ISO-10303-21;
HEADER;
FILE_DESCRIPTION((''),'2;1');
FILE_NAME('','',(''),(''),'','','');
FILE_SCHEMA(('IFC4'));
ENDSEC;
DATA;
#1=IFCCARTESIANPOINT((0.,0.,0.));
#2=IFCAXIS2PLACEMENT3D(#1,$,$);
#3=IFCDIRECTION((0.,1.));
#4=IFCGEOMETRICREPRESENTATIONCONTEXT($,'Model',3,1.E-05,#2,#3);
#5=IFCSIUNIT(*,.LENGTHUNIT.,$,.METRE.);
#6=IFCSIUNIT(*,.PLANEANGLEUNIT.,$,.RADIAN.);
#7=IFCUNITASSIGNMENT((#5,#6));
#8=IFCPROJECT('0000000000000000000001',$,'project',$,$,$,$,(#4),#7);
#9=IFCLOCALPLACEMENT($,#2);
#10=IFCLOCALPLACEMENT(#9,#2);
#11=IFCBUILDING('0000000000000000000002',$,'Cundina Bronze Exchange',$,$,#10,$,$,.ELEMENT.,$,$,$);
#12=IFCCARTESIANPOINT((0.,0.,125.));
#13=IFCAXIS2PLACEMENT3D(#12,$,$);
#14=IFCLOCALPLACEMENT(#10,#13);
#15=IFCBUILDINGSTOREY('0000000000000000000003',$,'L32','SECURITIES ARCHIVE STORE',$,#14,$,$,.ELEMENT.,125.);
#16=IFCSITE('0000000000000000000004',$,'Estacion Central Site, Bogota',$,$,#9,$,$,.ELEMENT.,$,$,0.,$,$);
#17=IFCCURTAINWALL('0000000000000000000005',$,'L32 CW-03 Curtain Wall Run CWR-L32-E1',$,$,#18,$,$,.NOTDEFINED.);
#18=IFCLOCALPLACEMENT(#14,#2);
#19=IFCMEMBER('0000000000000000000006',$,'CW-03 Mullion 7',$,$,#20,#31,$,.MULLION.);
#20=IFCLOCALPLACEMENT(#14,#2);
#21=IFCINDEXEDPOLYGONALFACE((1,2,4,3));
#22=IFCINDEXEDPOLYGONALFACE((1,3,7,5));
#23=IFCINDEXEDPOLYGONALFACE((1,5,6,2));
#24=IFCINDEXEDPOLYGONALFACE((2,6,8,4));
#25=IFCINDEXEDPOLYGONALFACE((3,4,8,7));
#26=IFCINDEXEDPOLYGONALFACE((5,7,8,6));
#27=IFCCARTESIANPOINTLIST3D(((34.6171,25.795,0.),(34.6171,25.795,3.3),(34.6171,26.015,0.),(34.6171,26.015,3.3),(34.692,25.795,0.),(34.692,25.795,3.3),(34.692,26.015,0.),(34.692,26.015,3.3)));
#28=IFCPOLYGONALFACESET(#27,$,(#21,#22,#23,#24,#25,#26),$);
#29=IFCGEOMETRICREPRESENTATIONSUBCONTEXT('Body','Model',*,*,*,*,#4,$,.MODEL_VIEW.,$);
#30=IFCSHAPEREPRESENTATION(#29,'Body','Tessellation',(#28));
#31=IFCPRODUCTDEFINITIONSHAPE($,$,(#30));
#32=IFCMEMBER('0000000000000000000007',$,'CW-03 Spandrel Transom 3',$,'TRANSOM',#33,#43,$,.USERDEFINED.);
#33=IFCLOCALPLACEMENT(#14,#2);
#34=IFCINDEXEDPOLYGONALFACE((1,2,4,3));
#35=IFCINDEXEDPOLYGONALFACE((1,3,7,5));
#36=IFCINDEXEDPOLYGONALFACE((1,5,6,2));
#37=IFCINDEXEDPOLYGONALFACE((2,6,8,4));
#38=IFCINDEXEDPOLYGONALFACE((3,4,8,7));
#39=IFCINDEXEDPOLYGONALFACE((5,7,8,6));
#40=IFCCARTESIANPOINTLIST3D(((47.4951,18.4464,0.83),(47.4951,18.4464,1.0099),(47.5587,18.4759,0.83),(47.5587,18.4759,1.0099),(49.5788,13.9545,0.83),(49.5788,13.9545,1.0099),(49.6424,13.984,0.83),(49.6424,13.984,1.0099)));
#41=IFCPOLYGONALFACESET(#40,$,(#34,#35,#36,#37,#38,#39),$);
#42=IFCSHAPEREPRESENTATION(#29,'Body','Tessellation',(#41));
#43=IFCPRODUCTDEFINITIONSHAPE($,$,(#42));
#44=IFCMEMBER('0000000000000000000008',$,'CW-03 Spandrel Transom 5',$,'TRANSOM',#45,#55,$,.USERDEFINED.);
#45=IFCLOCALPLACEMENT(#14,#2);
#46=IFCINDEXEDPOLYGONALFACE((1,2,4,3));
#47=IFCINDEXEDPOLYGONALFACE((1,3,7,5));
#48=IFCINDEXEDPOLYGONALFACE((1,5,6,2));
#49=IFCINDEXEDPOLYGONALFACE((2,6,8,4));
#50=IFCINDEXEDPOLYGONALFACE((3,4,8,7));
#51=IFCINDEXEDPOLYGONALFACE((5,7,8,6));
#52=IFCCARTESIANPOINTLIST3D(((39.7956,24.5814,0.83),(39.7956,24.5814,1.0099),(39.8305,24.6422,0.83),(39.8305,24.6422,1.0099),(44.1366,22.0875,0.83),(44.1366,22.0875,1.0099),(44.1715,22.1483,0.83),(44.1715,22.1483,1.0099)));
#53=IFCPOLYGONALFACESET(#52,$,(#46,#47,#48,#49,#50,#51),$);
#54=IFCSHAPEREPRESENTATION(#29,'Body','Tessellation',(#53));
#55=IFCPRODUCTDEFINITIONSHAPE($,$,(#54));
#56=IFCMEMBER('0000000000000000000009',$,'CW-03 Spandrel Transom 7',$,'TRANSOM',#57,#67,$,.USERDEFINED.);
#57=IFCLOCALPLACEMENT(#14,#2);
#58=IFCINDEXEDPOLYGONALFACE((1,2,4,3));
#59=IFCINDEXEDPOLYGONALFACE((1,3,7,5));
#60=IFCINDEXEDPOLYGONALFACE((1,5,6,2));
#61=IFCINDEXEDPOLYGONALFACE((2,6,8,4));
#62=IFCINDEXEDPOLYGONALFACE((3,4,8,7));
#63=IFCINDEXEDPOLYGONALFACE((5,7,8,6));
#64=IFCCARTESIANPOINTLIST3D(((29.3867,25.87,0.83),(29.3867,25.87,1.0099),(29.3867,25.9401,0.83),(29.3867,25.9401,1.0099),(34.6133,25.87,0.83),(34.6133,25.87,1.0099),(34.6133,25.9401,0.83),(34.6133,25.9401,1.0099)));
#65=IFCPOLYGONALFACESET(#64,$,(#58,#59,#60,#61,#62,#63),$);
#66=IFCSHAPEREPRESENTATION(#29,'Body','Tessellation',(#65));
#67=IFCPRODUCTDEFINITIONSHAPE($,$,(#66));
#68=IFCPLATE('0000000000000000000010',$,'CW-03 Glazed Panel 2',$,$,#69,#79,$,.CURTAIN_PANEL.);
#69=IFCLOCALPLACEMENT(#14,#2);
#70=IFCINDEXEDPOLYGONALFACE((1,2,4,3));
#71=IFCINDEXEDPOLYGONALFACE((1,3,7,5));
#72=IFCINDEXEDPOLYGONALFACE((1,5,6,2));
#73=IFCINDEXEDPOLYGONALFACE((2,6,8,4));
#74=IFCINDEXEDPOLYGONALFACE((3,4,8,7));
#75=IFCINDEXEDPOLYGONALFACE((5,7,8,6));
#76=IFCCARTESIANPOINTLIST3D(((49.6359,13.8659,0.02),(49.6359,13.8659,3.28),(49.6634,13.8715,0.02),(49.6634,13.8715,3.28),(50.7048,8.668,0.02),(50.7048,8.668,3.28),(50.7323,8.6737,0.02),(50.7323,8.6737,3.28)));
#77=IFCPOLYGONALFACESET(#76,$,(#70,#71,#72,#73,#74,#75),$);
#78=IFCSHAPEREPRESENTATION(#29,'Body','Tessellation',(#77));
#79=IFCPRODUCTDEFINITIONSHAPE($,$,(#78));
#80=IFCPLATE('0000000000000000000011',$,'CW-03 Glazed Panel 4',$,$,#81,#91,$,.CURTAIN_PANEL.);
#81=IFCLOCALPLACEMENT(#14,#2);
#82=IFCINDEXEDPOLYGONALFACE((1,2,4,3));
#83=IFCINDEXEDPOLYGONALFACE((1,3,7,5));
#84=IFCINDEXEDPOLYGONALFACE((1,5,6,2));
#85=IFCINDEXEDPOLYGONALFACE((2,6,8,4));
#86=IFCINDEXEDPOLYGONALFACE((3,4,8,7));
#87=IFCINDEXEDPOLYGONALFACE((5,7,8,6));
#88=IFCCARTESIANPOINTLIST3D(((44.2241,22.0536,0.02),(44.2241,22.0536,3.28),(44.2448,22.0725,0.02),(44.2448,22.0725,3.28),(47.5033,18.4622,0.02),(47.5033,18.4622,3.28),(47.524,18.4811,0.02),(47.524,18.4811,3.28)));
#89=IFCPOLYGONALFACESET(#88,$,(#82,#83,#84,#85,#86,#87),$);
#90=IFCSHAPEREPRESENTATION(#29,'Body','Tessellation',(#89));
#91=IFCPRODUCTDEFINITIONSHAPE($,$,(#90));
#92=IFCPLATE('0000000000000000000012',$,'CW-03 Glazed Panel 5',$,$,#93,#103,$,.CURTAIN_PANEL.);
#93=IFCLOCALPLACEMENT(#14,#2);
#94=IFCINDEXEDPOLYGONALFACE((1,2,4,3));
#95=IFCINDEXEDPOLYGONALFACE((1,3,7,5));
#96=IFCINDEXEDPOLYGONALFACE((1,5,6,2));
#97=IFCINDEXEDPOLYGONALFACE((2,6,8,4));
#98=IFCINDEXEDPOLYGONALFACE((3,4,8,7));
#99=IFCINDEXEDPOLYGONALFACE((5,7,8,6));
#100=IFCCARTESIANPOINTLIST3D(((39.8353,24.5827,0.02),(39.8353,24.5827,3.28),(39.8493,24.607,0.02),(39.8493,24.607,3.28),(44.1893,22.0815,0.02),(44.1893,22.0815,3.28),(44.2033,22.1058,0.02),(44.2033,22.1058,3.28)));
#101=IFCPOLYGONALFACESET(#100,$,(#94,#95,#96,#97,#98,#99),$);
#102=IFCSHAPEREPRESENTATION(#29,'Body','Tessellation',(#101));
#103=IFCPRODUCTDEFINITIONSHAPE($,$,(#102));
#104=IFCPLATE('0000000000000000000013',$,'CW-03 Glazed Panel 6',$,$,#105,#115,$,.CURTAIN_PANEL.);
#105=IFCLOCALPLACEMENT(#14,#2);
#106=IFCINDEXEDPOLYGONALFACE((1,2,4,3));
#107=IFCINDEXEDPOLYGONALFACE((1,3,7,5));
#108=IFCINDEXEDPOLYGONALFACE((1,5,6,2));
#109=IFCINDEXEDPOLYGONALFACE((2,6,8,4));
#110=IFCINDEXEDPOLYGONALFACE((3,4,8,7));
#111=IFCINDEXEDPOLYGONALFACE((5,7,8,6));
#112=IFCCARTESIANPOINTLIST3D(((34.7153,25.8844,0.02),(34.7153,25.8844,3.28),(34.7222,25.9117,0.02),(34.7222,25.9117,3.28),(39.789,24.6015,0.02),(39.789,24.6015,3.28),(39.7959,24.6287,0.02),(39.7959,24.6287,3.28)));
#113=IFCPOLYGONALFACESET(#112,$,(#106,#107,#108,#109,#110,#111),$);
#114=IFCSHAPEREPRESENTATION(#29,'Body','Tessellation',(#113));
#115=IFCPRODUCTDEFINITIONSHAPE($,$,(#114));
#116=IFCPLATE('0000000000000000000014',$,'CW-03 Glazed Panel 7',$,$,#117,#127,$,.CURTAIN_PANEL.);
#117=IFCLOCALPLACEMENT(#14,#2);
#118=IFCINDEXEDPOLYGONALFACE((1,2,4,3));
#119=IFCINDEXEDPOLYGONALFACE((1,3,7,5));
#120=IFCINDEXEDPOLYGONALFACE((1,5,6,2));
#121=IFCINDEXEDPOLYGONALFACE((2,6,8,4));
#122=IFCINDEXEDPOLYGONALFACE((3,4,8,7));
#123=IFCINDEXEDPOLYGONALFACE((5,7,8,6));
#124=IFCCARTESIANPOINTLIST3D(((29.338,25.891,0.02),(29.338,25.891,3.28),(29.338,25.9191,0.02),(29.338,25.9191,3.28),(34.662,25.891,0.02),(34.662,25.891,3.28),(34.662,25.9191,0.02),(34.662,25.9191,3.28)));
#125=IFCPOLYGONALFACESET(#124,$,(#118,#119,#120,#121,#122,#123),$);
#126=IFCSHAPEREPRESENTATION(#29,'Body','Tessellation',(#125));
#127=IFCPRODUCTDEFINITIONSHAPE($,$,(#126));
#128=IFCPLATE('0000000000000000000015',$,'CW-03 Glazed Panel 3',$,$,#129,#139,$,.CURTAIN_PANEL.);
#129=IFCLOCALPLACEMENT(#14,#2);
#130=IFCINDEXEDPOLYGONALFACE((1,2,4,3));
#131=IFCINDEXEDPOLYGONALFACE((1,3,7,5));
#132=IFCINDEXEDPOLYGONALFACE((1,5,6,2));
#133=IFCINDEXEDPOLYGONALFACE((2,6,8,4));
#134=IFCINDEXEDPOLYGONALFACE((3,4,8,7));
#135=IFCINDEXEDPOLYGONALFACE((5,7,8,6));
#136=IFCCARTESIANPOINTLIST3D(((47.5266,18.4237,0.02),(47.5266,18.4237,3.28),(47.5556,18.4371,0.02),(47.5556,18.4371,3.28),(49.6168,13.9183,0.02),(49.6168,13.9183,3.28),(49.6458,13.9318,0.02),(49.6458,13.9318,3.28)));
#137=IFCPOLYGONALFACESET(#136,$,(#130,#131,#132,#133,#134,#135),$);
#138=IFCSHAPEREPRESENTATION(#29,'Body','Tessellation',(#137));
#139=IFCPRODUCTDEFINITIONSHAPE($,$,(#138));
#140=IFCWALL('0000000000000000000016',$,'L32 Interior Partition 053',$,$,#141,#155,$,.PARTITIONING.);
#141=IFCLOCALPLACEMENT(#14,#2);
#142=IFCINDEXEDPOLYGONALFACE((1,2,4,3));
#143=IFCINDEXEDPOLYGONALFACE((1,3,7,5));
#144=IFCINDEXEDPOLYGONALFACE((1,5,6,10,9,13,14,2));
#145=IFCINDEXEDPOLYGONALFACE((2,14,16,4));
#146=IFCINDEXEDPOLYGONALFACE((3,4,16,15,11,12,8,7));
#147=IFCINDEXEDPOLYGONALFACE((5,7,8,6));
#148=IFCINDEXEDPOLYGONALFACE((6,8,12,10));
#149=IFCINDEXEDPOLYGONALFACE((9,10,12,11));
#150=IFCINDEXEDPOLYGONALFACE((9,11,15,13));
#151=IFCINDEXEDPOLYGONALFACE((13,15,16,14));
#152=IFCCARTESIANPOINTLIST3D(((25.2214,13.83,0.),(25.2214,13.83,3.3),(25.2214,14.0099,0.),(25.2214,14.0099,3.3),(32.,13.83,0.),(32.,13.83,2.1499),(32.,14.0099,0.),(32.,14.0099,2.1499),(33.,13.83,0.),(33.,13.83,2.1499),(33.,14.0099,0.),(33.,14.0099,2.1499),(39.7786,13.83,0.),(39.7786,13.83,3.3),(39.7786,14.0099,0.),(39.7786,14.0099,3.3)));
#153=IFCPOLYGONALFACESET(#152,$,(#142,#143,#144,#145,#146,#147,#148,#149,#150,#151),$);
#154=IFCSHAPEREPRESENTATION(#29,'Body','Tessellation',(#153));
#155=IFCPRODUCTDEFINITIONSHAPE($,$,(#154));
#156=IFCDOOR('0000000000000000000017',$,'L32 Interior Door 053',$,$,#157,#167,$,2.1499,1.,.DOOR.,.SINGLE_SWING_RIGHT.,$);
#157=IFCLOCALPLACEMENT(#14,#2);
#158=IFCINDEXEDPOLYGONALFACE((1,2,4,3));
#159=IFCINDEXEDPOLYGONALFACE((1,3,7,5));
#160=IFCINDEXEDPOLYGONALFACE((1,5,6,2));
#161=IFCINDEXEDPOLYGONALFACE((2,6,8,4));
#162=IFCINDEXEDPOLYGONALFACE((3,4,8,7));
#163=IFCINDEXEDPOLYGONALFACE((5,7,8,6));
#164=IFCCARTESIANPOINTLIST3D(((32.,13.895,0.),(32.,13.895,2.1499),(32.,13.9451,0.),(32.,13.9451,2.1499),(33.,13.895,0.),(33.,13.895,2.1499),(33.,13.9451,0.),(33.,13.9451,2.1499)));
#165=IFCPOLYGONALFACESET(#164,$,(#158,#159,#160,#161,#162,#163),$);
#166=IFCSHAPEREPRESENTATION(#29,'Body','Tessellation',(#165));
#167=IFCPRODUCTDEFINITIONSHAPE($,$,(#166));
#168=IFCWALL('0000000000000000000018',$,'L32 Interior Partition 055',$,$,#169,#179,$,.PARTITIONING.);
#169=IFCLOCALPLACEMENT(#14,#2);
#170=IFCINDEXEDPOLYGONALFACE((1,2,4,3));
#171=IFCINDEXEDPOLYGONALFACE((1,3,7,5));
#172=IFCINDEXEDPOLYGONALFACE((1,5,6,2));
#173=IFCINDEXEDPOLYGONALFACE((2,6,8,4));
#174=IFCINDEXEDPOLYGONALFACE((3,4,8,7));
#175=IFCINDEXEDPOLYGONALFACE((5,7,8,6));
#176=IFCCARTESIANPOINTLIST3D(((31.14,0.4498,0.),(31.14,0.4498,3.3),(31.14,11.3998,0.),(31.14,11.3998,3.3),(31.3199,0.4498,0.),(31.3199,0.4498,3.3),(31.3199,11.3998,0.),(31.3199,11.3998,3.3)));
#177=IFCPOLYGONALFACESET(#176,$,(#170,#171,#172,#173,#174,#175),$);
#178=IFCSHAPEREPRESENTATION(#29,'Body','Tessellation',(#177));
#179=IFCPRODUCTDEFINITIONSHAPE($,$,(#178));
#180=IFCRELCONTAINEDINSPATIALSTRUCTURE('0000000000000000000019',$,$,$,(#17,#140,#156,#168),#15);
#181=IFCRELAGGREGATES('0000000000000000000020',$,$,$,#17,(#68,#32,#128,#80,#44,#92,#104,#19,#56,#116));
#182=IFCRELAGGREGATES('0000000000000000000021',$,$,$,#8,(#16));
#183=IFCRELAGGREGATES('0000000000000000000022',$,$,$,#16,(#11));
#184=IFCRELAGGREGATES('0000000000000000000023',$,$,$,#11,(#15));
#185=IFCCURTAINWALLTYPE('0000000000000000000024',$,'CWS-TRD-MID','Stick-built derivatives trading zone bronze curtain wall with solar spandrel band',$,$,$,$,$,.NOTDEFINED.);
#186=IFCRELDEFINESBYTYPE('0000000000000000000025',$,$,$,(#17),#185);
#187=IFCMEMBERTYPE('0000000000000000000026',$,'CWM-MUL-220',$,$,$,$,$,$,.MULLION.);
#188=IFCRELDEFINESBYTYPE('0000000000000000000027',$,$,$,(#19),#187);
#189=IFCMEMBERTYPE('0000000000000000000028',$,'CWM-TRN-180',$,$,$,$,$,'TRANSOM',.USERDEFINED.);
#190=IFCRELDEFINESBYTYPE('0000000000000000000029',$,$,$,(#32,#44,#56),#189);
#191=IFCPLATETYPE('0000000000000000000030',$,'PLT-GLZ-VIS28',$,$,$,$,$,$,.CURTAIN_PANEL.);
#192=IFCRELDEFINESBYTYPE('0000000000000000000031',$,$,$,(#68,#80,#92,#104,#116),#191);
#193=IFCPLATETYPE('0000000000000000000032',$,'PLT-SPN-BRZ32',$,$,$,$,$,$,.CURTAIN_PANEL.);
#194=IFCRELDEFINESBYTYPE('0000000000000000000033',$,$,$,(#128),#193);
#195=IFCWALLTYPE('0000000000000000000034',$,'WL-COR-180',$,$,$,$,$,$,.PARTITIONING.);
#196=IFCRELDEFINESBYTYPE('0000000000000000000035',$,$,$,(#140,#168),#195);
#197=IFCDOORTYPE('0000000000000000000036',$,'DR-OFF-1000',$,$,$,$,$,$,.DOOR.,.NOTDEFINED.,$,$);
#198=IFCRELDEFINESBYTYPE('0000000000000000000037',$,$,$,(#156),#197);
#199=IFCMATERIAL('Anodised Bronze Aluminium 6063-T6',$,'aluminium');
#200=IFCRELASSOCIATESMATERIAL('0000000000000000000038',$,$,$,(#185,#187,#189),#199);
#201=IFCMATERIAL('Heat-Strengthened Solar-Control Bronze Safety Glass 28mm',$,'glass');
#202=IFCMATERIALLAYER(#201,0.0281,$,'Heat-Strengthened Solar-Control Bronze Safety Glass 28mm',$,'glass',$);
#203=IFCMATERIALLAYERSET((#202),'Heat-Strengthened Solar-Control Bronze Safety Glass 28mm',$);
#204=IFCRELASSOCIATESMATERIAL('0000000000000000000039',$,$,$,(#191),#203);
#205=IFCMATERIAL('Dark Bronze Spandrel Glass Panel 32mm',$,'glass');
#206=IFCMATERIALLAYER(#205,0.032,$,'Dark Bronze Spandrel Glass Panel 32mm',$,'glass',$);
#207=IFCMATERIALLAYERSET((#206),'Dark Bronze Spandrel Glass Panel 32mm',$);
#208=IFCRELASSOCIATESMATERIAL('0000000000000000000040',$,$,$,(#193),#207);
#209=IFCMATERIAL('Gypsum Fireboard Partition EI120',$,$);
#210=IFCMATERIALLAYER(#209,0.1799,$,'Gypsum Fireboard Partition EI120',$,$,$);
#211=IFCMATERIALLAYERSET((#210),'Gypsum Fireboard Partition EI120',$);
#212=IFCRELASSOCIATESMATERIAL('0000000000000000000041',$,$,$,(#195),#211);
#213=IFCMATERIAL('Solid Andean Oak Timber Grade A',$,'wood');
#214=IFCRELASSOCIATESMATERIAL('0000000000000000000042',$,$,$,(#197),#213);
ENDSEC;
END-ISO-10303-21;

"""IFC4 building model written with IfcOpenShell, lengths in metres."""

from ifc_helpers import new_model, si_unit, direction, frame, frame_2d, origin, origin_2d, place, context, subcontext, project, spatial, rectangle, extrude, material, layer, layer_set, material_profile, profile_set, type_object, element, fill, aggregate, save


model = new_model("IFC4")

# Units and contexts
model_context = context("Model", 3, precision=1e-05, world=origin(), true_north=direction((0.0, 1.0)))
body_context = subcontext(model_context, "Body", "Model", "MODEL_VIEW")
ifc_project = project(units=[si_unit("LENGTHUNIT", "METRE"), si_unit("PLANEANGLEUNIT", "RADIAN")], contexts=[model_context])

# Site, building, storey
site_placement = place(None, origin())
site = spatial("IfcSite", under=ifc_project, at=site_placement, Name="Estacion Central Site, Bogota", CompositionType="ELEMENT", RefElevation=0.0)
building_placement = place(site_placement, origin())
building = spatial("IfcBuilding", under=site, at=building_placement, Name="Cundina Bronze Exchange", CompositionType="ELEMENT")
storey_placement = place(building_placement, frame((0.0, 0.0, 125.0)))
storey = spatial("IfcBuildingStorey", under=building, at=storey_placement, Name="L32", Description="SECURITIES ARCHIVE STORE", CompositionType="ELEMENT", Elevation=125.0)

# Curtain wall, members, plates
ifc_material_1 = material(Name="Anodised Bronze Aluminium 6063-T6", Category="aluminium")
curtain_wall_type = type_object("IfcCurtainWallType", Name="CWS-TRD-MID", Description="Stick-built derivatives trading zone bronze curtain wall with solar spandrel band", PredefinedType="NOTDEFINED", material=ifc_material_1)
curtain_wall_placement = place(storey_placement, origin())
curtain_wall = element("IfcCurtainWall", 1, at=curtain_wall_placement, inside=storey, type_object=curtain_wall_type, Name="L32 CW-03 Curtain Wall Run CWR-L32-E1", PredefinedType="NOTDEFINED")
ifc_material_profile_1 = material_profile(ifc_material_1, rectangle(XDim=0.075, YDim=0.22, at=origin_2d()), Name="AL75X220", Category="aluminium")
ifc_profile_set_1 = profile_set([ifc_material_profile_1], Name="Anodised Bronze Aluminium 6063-T6")
member_type_1 = type_object("IfcMemberType", Name="CWM-MUL-220", PredefinedType="MULLION", material=ifc_profile_set_1)
member_1_placement = place(storey_placement, frame((34.6545, 25.905, 0.0), z_axis=(0.0, 0.0, 1.0), x_axis=(-1.0, 0.0, 0.0)))
member_1 = element("IfcMember", 2, at=member_1_placement, type_object=member_type_1, Name="CW-03 Mullion 7", PredefinedType="MULLION", context=body_context, shape_type="SweptSolid", body=[
    extrude(rectangle(XDim=0.075, YDim=0.22, at=origin_2d()), origin(), (0.0, 0.0, 1.0), 3.3),
])
ifc_material_profile_2 = material_profile(ifc_material_1, rectangle(XDim=0.0701, YDim=0.1799, at=origin_2d()), Name="AL70X180", Category="aluminium")
ifc_profile_set_2 = profile_set([ifc_material_profile_2], Name="Anodised Bronze Aluminium 6063-T6")
member_type_2 = type_object("IfcMemberType", Name="CWM-TRN-180", ElementType="TRANSOM", PredefinedType="USERDEFINED", material=ifc_profile_set_2)
member_2_placement = place(storey_placement, frame((49.6106, 13.9692, 0.9199), z_axis=(-0.420811, 0.907148, 0.0), x_axis=(-0.907148, -0.420811, 0.0)))
member_2 = element("IfcMember", 3, at=member_2_placement, type_object=member_type_2, Name="CW-03 Spandrel Transom 3", ObjectType="TRANSOM", PredefinedType="USERDEFINED", context=body_context, shape_type="SweptSolid", body=[
    extrude(rectangle(XDim=0.0701, YDim=0.1799, at=origin_2d()), origin(), (0.0, 0.0, 1.0), 4.9517),
])
member_3_placement = place(storey_placement, frame((44.1541, 22.1179, 0.9199), z_axis=(-0.867097, 0.498139, 0.0), x_axis=(-0.498139, -0.867097, 0.0)))
member_3 = element("IfcMember", 4, at=member_3_placement, type_object=member_type_2, Name="CW-03 Spandrel Transom 5", ObjectType="TRANSOM", PredefinedType="USERDEFINED", context=body_context, shape_type="SweptSolid", body=[
    extrude(rectangle(XDim=0.0701, YDim=0.1799, at=origin_2d()), origin(), (0.0, 0.0, 1.0), 5.0063),
])
member_4_placement = place(storey_placement, frame((34.6133, 25.905, 0.9199), z_axis=(-1.0, 0.0, 0.0), x_axis=(0.0, -1.0, 0.0)))
member_4 = element("IfcMember", 5, at=member_4_placement, type_object=member_type_2, Name="CW-03 Spandrel Transom 7", ObjectType="TRANSOM", PredefinedType="USERDEFINED", context=body_context, shape_type="SweptSolid", body=[
    extrude(rectangle(XDim=0.0701, YDim=0.1799, at=origin_2d()), origin(), (0.0, 0.0, 1.0), 5.2266),
])
ifc_material_2 = material(Name="Heat-Strengthened Solar-Control Bronze Safety Glass 28mm", Category="glass")
ifc_layer_1 = layer(ifc_material_2, 0.0281, Name="Heat-Strengthened Solar-Control Bronze Safety Glass 28mm", Category="glass")
ifc_layer_set_1 = layer_set([ifc_layer_1], Name="Heat-Strengthened Solar-Control Bronze Safety Glass 28mm")
plate_type_1 = type_object("IfcPlateType", Name="PLT-GLZ-VIS28", PredefinedType="CURTAIN_PANEL", material=ifc_layer_set_1)
plate_1_placement = place(storey_placement, frame((50.1841, 11.2698, 0.02), z_axis=(0.0, 0.0, 1.0), x_axis=(-0.20142, 0.979505, 0.0)))
plate_1 = element("IfcPlate", 6, at=plate_1_placement, type_object=plate_type_1, Name="CW-03 Glazed Panel 2", PredefinedType="CURTAIN_PANEL", context=body_context, shape_type="SweptSolid", body=[
    extrude(rectangle(XDim=5.3066, YDim=0.0281, at=origin_2d()), origin(), (0.0, 0.0, 1.0), 3.26),
])
plate_2_placement = place(storey_placement, frame((45.874, 20.2673, 0.02), z_axis=(0.0, 0.0, 1.0), x_axis=(-0.674277, 0.738479, 0.0)))
plate_2 = element("IfcPlate", 7, at=plate_2_placement, type_object=plate_type_1, Name="CW-03 Glazed Panel 4", PredefinedType="CURTAIN_PANEL", context=body_context, shape_type="SweptSolid", body=[
    extrude(rectangle(XDim=4.8633, YDim=0.0281, at=origin_2d()), origin(), (0.0, 0.0, 1.0), 3.26),
])
plate_3_placement = place(storey_placement, frame((42.0193, 23.3442, 0.02), z_axis=(0.0, 0.0, 1.0), x_axis=(-0.867105, 0.498125, 0.0)))
plate_3 = element("IfcPlate", 8, at=plate_3_placement, type_object=plate_type_1, Name="CW-03 Glazed Panel 5", PredefinedType="CURTAIN_PANEL", context=body_context, shape_type="SweptSolid", body=[
    extrude(rectangle(XDim=5.0212, YDim=0.0281, at=origin_2d()), origin(), (0.0, 0.0, 1.0), 3.26),
])
plate_4_placement = place(storey_placement, frame((37.2556, 25.2566, 0.02), z_axis=(0.0, 0.0, 1.0), x_axis=(-0.969488, 0.245138, 0.0)))
plate_4 = element("IfcPlate", 9, at=plate_4_placement, type_object=plate_type_1, Name="CW-03 Glazed Panel 6", PredefinedType="CURTAIN_PANEL", context=body_context, shape_type="SweptSolid", body=[
    extrude(rectangle(XDim=5.2334, YDim=0.0281, at=origin_2d()), origin(), (0.0, 0.0, 1.0), 3.26),
])
plate_5_placement = place(storey_placement, frame((32.0, 25.905, 0.02), z_axis=(0.0, 0.0, 1.0), x_axis=(-1.0, 0.0, 0.0)))
plate_5 = element("IfcPlate", 10, at=plate_5_placement, type_object=plate_type_1, Name="CW-03 Glazed Panel 7", PredefinedType="CURTAIN_PANEL", context=body_context, shape_type="SweptSolid", body=[
    extrude(rectangle(XDim=5.324, YDim=0.0281, at=origin_2d()), origin(), (0.0, 0.0, 1.0), 3.26),
])
ifc_material_3 = material(Name="Dark Bronze Spandrel Glass Panel 32mm", Category="glass")
ifc_layer_2 = layer(ifc_material_3, 0.032, Name="Dark Bronze Spandrel Glass Panel 32mm", Category="glass")
ifc_layer_set_2 = layer_set([ifc_layer_2], Name="Dark Bronze Spandrel Glass Panel 32mm")
plate_type_2 = type_object("IfcPlateType", Name="PLT-SPN-BRZ32", PredefinedType="CURTAIN_PANEL", material=ifc_layer_set_2)
plate_6_placement = place(storey_placement, frame((48.5862, 16.1777, 0.02), z_axis=(0.0, 0.0, 1.0), x_axis=(-0.420846, 0.907132, 0.0)))
plate_6 = element("IfcPlate", 11, at=plate_6_placement, type_object=plate_type_2, Name="CW-03 Glazed Panel 3", PredefinedType="CURTAIN_PANEL", context=body_context, shape_type="SweptSolid", body=[
    extrude(rectangle(XDim=4.9666, YDim=0.032, at=origin_2d()), origin(), (0.0, 0.0, 1.0), 3.26),
])
aggregate(curtain_wall, [plate_1, member_2, plate_6, plate_2, member_3, plate_3, plate_4, member_1, member_4, plate_5])

# Wall, opening, door
ifc_material_4 = material(Name="Gypsum Fireboard Partition EI120")
ifc_layer_3 = layer(ifc_material_4, 0.1799, Name="Gypsum Fireboard Partition EI120")
ifc_layer_set_3 = layer_set([ifc_layer_3], Name="Gypsum Fireboard Partition EI120")
wall_type = type_object("IfcWallType", Name="WL-COR-180", PredefinedType="PARTITIONING", material=ifc_layer_set_3)
wall_1_placement = place(storey_placement, frame((39.7786, 13.9199, 0.0), z_axis=(0.0, 0.0, 1.0), x_axis=(-1.0, 0.0, 0.0)))
wall_1 = element("IfcWall", 12, at=wall_1_placement, inside=storey, type_object=wall_type, Name="L32 Interior Partition 053", PredefinedType="PARTITIONING", context=body_context, shape_type="SweptSolid", body=[
    extrude(rectangle(XDim=14.5571, YDim=0.1799, at=frame_2d((7.2786, 0.0))), origin(), (0.0, 0.0, 1.0), 3.3),
])
opening_placement = place(wall_1_placement, frame((6.7786, 0.0, 0.0)))
opening = element("IfcOpeningElement", 13, at=opening_placement, cuts=wall_1, PredefinedType="OPENING", context=body_context, shape_type="SweptSolid", body=[
    extrude(rectangle(XDim=1.0, YDim=2.1499, at=frame_2d((0.5, 1.075))), frame((0.0, 0.0999, 0.0), z_axis=(0.0, -1.0, 0.0), x_axis=(1.0, 0.0, 0.0)), (0.0, 0.0, 1.0), 0.2),
])
ifc_material_5 = material(Name="Solid Andean Oak Timber Grade A", Category="wood")
door_type = type_object("IfcDoorType", Name="DR-OFF-1000", OperationType="NOTDEFINED", PredefinedType="DOOR", material=ifc_material_5)
door_placement = place(opening_placement, origin())
door = element("IfcDoor", 14, at=door_placement, inside=storey, type_object=door_type, Name="L32 Interior Door 053", OperationType="SINGLE_SWING_RIGHT", OverallHeight=2.1499, OverallWidth=1.0, PredefinedType="DOOR", context=body_context, shape_type="SweptSolid", body=[
    extrude(rectangle(XDim=1.0, YDim=2.1499, at=frame_2d((0.5, 1.075))), frame((0.0, 0.0249, 0.0), z_axis=(0.0, -1.0, 0.0), x_axis=(1.0, 0.0, 0.0)), (0.0, 0.0, 1.0), 0.05),
])
fill(opening, door)

# Wall
wall_2_placement = place(storey_placement, frame((31.23, 11.3999, 0.0), z_axis=(0.0, 0.0, 1.0), x_axis=(0.0, -1.0, 0.0)))
element("IfcWall", 15, at=wall_2_placement, inside=storey, type_object=wall_type, Name="L32 Interior Partition 055", PredefinedType="PARTITIONING", context=body_context, shape_type="SweptSolid", body=[
    extrude(rectangle(XDim=10.95, YDim=0.1799, at=frame_2d((5.4751, 0.0))), origin(), (0.0, 0.0, 1.0), 3.3),
])

save(model, "model.ifc")
